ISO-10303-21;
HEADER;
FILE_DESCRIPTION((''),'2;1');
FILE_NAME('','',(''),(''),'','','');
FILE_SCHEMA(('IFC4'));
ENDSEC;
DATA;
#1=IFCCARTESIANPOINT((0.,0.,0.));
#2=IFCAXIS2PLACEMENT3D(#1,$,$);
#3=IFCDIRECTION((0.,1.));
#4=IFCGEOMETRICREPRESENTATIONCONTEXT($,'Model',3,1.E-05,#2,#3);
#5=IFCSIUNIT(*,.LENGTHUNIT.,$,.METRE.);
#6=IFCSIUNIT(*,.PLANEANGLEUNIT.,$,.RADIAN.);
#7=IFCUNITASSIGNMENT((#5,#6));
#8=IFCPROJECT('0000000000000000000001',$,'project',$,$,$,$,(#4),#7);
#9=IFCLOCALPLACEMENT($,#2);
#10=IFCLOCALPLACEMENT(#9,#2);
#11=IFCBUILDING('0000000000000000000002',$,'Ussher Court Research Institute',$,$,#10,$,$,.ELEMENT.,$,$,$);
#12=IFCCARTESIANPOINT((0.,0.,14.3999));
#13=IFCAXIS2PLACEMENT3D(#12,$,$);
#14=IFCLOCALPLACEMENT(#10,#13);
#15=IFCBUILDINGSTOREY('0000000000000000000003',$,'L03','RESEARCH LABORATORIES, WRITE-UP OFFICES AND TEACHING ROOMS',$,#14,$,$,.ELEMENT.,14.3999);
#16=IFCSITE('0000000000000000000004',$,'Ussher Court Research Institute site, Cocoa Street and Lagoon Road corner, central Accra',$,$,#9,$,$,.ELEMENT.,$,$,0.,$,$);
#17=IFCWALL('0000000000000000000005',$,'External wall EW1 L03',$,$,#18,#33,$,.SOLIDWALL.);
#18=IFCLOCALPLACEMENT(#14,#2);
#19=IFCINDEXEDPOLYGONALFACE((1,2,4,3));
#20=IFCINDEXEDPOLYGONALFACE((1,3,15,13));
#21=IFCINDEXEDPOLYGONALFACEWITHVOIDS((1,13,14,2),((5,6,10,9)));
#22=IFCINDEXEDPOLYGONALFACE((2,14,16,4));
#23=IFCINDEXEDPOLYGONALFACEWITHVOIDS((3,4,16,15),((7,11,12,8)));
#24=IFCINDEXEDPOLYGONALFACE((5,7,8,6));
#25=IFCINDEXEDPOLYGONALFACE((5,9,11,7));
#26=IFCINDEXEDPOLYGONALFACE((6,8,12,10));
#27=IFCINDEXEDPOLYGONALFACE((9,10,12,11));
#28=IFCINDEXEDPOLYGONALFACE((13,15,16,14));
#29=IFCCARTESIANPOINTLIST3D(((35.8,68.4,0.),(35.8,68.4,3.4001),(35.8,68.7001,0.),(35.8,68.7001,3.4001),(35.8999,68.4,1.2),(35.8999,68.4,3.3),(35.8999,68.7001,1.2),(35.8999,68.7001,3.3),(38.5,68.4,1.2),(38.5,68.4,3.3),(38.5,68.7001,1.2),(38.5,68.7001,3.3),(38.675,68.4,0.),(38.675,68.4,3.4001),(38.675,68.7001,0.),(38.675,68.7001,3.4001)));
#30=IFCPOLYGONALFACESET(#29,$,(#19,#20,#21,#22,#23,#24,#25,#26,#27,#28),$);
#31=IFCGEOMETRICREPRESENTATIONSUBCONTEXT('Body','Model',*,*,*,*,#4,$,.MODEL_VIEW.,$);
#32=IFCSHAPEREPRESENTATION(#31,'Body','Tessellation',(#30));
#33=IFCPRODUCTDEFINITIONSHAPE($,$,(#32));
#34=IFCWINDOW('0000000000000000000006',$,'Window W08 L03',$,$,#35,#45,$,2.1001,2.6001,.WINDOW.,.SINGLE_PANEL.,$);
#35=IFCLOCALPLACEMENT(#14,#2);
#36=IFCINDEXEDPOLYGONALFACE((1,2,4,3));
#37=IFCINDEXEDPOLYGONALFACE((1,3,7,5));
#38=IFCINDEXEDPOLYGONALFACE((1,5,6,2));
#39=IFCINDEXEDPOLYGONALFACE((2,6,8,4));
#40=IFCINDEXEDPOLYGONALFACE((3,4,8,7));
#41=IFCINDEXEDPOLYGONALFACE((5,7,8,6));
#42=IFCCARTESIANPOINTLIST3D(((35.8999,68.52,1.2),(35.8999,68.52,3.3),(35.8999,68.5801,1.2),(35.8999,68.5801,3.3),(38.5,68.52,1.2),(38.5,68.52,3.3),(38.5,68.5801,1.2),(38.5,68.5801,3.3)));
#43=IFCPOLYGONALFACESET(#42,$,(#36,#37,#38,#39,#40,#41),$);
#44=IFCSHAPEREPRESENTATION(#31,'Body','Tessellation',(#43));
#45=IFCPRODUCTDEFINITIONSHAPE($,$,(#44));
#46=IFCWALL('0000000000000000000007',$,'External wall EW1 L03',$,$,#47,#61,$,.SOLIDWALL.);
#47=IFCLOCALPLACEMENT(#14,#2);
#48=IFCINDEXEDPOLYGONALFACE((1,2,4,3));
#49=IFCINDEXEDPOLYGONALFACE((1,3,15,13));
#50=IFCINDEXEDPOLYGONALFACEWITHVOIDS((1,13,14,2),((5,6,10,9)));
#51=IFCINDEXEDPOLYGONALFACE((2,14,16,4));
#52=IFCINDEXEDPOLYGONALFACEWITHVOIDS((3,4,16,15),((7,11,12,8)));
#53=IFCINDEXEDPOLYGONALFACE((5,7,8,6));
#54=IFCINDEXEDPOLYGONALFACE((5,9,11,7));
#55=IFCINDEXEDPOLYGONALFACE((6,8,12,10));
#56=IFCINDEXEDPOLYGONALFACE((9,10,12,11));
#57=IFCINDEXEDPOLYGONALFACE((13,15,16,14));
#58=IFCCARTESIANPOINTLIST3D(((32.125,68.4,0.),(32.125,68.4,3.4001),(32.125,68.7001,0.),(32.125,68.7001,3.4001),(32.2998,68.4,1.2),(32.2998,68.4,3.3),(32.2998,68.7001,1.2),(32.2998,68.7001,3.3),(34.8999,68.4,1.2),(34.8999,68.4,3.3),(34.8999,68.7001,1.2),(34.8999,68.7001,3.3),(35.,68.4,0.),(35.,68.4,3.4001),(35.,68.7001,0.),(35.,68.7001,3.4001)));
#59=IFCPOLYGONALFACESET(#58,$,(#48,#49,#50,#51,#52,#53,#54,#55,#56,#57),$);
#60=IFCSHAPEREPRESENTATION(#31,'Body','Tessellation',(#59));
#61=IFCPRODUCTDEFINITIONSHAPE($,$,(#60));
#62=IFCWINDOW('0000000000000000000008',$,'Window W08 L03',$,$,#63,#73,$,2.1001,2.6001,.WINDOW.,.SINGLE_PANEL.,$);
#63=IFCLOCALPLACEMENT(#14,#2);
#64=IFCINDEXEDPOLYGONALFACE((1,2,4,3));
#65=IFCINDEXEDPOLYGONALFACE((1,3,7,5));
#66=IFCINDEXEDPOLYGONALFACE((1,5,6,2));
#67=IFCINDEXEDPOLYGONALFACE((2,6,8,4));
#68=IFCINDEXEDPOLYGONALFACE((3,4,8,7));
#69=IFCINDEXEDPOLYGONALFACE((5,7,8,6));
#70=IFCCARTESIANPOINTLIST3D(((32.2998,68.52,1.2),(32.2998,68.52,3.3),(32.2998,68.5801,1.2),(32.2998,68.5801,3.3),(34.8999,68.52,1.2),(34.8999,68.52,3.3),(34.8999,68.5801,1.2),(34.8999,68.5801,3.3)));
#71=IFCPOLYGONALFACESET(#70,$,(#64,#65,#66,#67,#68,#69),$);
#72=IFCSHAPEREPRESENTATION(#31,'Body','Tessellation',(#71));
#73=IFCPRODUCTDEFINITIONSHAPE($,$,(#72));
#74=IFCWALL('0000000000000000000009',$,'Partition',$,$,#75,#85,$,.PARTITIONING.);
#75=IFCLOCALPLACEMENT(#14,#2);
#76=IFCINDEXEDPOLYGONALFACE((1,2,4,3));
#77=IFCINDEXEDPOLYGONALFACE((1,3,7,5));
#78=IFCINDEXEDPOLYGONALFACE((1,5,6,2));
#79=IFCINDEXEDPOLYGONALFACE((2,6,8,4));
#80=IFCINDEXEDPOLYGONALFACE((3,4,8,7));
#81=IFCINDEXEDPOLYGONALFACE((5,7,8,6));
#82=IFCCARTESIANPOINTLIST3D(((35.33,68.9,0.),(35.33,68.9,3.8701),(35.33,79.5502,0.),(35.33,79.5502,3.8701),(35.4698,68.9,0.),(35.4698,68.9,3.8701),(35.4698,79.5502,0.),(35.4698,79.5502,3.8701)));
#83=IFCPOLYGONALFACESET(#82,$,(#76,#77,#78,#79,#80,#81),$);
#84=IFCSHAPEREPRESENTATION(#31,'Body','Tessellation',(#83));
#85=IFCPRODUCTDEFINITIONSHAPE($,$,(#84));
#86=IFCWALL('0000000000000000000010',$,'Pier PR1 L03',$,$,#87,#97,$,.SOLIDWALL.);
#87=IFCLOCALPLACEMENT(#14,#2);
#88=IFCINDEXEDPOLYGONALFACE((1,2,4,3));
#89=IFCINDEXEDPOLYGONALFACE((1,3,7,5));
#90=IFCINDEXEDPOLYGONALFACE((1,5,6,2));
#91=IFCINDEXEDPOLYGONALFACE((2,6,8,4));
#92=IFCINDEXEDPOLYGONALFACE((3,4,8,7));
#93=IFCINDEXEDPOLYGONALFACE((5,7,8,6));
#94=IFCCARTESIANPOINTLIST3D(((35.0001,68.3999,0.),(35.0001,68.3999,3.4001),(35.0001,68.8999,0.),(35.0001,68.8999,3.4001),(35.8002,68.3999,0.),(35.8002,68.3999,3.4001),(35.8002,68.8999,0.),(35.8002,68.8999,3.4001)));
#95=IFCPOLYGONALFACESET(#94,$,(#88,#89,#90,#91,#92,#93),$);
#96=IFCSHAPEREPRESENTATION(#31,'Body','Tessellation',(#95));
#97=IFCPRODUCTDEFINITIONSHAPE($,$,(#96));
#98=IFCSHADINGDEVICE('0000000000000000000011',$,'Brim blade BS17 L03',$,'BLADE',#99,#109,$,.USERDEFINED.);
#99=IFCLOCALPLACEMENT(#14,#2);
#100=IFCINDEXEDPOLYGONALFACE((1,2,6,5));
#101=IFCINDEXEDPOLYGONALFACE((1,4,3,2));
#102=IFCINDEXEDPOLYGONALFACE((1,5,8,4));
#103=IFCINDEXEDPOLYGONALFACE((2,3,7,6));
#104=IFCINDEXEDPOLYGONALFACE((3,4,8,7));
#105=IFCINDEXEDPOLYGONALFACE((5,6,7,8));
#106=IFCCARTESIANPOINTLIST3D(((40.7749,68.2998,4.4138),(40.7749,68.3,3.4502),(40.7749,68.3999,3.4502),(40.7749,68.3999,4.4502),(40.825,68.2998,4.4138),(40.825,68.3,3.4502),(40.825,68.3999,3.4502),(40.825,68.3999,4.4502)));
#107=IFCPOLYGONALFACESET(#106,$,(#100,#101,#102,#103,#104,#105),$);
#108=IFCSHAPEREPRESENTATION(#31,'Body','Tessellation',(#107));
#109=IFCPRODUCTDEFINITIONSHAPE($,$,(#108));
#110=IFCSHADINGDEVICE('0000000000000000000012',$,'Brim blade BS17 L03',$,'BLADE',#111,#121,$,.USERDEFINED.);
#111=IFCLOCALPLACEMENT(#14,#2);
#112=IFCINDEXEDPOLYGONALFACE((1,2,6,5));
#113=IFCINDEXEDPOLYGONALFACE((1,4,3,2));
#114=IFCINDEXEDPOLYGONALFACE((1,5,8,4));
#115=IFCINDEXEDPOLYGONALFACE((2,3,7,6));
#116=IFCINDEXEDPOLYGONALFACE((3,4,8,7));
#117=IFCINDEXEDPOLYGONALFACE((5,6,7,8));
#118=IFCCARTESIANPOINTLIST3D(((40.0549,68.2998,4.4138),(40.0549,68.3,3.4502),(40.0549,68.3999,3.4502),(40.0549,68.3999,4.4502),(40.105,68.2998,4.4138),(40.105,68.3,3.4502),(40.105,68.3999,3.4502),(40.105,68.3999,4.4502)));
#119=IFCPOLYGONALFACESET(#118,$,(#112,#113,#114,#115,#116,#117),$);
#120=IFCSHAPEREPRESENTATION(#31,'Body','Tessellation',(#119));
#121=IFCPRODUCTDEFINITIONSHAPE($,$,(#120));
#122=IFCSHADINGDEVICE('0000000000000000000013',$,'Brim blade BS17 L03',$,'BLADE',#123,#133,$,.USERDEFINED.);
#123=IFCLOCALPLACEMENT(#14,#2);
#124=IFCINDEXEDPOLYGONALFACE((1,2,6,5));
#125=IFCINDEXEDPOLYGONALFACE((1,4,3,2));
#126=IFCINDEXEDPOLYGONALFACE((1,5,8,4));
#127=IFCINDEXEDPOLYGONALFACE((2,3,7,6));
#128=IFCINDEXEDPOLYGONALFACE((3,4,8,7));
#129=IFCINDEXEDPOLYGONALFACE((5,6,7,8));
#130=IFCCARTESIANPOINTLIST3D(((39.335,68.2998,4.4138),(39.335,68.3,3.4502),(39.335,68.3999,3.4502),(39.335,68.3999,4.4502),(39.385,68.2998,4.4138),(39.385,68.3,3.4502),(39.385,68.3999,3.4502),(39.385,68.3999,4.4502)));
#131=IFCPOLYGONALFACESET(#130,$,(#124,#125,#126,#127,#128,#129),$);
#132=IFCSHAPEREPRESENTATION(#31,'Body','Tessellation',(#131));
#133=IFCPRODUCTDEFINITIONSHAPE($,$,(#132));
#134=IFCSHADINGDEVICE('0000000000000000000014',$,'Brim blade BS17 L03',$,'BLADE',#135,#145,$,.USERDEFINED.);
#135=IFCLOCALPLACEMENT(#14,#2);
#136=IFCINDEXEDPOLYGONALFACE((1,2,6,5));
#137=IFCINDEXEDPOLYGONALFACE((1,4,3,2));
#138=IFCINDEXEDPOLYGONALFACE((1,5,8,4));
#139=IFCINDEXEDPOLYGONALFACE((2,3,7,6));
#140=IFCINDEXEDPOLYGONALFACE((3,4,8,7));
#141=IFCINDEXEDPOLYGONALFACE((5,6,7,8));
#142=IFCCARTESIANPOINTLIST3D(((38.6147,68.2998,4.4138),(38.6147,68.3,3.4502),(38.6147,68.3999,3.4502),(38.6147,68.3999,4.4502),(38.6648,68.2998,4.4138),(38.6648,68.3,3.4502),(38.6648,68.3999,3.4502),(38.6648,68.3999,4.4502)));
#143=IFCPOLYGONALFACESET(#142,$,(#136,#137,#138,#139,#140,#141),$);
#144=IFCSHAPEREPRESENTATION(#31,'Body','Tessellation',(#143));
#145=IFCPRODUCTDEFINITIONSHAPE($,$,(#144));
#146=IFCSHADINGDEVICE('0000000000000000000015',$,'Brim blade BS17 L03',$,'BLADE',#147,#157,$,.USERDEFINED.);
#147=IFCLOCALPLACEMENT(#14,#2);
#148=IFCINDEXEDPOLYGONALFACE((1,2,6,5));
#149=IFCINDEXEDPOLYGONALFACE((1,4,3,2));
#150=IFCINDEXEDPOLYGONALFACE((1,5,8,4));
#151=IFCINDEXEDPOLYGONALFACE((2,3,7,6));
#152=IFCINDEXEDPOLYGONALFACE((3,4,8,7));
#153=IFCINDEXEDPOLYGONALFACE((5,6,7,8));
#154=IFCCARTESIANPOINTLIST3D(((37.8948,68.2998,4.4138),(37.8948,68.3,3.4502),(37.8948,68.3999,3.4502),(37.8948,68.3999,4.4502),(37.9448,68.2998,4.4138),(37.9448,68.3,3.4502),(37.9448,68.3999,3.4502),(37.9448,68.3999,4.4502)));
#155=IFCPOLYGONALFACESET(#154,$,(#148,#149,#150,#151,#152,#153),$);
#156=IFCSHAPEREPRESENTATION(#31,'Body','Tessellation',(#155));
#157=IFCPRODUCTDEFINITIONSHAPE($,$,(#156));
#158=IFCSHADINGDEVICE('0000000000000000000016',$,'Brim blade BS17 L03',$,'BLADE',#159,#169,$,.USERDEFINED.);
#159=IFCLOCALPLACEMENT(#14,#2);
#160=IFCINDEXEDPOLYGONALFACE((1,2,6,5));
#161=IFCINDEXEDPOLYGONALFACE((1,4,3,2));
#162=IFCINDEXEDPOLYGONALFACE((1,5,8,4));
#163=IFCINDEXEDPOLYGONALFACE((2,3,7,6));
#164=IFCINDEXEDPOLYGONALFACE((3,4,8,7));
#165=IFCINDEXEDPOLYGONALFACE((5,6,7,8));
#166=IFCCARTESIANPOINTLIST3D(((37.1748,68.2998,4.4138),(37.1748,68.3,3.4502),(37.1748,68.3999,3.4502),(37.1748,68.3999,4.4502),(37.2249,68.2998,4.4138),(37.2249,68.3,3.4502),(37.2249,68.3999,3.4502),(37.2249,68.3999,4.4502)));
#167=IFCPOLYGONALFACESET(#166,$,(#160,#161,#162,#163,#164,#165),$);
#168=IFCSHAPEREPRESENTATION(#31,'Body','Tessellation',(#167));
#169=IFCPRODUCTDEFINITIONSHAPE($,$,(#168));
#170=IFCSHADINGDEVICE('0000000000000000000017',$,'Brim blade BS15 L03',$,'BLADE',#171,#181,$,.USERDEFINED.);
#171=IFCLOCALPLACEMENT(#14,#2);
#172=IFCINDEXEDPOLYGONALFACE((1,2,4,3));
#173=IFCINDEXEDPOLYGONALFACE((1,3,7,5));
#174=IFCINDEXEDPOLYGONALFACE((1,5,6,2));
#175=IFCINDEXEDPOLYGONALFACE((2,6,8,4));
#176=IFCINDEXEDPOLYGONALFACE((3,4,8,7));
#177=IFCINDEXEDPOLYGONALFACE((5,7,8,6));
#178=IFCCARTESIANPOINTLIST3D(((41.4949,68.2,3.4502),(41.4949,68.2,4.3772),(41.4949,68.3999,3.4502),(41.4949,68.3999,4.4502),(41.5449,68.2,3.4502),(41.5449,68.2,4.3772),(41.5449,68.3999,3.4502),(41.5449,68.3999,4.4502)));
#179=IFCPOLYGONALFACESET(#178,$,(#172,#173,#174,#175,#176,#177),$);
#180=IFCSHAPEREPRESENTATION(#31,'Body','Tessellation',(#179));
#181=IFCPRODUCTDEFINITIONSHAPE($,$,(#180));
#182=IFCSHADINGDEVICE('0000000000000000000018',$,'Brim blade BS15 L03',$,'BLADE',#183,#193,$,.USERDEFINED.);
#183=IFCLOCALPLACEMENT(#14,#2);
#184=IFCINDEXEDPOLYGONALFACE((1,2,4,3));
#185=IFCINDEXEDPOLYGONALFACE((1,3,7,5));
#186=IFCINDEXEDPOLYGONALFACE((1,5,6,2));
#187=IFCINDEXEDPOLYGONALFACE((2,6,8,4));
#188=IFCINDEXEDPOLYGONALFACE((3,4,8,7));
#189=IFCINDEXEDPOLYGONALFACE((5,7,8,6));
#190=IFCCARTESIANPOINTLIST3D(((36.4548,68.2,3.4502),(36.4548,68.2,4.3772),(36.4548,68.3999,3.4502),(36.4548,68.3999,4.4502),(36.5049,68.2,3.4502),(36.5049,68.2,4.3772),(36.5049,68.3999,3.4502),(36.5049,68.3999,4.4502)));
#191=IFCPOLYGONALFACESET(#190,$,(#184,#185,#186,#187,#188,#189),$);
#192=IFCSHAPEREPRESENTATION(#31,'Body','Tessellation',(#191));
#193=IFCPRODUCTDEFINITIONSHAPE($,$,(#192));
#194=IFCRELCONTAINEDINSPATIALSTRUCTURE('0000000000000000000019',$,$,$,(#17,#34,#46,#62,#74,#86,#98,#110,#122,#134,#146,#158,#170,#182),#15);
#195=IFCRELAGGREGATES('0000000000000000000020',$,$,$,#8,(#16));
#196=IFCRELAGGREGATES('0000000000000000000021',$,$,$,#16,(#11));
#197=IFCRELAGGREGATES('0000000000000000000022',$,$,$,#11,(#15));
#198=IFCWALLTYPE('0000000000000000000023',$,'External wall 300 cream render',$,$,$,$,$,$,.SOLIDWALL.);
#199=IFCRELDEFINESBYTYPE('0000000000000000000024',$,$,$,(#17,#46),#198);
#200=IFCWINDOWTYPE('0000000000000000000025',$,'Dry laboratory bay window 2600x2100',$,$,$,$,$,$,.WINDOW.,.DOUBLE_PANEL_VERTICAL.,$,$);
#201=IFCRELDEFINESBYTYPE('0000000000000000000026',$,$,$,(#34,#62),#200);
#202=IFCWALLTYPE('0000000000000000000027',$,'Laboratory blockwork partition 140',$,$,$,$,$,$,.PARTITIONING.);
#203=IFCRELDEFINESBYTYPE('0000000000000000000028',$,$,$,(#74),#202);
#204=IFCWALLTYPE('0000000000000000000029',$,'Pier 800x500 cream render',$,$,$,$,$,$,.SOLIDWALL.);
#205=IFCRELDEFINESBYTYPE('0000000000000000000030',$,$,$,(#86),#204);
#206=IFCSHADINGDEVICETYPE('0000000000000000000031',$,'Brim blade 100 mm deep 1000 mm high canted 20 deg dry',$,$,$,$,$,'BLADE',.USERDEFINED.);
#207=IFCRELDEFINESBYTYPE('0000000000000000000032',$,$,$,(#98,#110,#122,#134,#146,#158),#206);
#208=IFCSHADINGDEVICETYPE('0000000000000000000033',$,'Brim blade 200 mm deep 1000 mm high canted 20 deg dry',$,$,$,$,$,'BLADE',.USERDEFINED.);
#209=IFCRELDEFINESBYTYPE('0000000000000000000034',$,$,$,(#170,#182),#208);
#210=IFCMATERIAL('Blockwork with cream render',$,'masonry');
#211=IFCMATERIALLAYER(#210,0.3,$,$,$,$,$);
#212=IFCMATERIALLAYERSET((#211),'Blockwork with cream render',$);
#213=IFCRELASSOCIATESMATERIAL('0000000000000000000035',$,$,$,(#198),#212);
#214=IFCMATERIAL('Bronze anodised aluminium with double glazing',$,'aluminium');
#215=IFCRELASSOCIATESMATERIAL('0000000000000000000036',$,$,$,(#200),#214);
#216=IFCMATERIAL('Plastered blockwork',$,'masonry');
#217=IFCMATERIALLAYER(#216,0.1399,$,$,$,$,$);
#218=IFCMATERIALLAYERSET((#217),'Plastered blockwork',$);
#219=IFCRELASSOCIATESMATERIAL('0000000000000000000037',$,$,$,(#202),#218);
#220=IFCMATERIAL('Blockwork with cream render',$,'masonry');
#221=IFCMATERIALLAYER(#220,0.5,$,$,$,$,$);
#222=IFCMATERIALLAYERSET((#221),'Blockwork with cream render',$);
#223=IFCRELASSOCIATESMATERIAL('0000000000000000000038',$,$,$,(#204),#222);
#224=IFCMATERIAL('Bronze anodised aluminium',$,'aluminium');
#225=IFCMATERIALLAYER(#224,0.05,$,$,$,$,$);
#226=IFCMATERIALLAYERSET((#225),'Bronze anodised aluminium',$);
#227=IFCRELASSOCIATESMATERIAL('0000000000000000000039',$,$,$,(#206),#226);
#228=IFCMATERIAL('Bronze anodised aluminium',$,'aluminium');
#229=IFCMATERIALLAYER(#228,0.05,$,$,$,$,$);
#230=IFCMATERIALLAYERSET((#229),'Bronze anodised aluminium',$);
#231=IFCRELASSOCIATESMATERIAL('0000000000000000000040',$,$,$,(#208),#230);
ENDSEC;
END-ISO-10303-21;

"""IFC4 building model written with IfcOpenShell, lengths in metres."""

from ifc_helpers import new_model, si_unit, direction, frame, frame_2d, origin, place, context, subcontext, project, spatial, polyline, rectangle, outline, extrude, material, layer, layer_set, type_object, element, fill, save


model = new_model("IFC4")

# Units and contexts
model_context = context("Model", 3, precision=1e-05, world=origin(), true_north=direction((0.0, 1.0)))
body_context = subcontext(model_context, "Body", "Model", "MODEL_VIEW")
ifc_project = project(units=[si_unit("LENGTHUNIT", "METRE"), si_unit("PLANEANGLEUNIT", "RADIAN")], contexts=[model_context])

# Site, building, storey
site_placement = place(None, origin())
site = spatial("IfcSite", under=ifc_project, at=site_placement, Name="Ussher Court Research Institute site, Cocoa Street and Lagoon Road corner, central Accra", CompositionType="ELEMENT", RefElevation=0.0)
building_placement = place(site_placement, origin())
building = spatial("IfcBuilding", under=site, at=building_placement, Name="Ussher Court Research Institute", CompositionType="ELEMENT")
storey_placement = place(building_placement, frame((0.0, 0.0, 14.3999)))
storey = spatial("IfcBuildingStorey", under=building, at=storey_placement, Name="L03", Description="RESEARCH LABORATORIES, WRITE-UP OFFICES AND TEACHING ROOMS", CompositionType="ELEMENT", Elevation=14.3999)

# Walls, openings, windows
ifc_material_1 = material(Name="Blockwork with cream render", Category="masonry")
ifc_layer_1 = layer(ifc_material_1, 0.3)
ifc_layer_set_1 = layer_set([ifc_layer_1], Name="Blockwork with cream render")
wall_type_1 = type_object("IfcWallType", Name="External wall 300 cream render", PredefinedType="SOLIDWALL", material=ifc_layer_set_1)
ifc_material_2 = material(Name="Bronze anodised aluminium with double glazing", Category="aluminium")
window_type = type_object("IfcWindowType", Name="Dry laboratory bay window 2600x2100", PartitioningType="DOUBLE_PANEL_VERTICAL", PredefinedType="WINDOW", material=ifc_material_2)
wall_1_placement = place(storey_placement, frame((38.675, 68.55, 0.0), z_axis=(0.0, 0.0, 1.0), x_axis=(-1.0, 0.0, 0.0)))
wall_1 = element("IfcWall", 1, at=wall_1_placement, inside=storey, type_object=wall_type_1, Name="External wall EW1 L03", PredefinedType="SOLIDWALL", context=body_context, shape_type="SweptSolid", body=[
    extrude(rectangle(XDim=2.875, YDim=0.3, at=frame_2d((1.4375, 0.0))), origin(), (0.0, 0.0, 1.0), 3.4001),
])
opening_1_placement = place(wall_1_placement, frame((0.175, 0.0, 1.2)))
opening_1 = element("IfcOpeningElement", 2, at=opening_1_placement, cuts=wall_1, PredefinedType="OPENING", context=body_context, shape_type="SweptSolid", body=[
    extrude(rectangle(XDim=2.6001, YDim=2.1001, at=frame_2d((1.3, 1.05))), frame((0.0, 0.1602, 0.0), z_axis=(0.0, -1.0, 0.0), x_axis=(1.0, 0.0, 0.0)), (0.0, 0.0, 1.0), 0.3201),
])
window_1_placement = place(opening_1_placement, origin())
window_1 = element("IfcWindow", 3, at=window_1_placement, inside=storey, type_object=window_type, Name="Window W08 L03", OverallHeight=2.1001, OverallWidth=2.6001, PartitioningType="SINGLE_PANEL", PredefinedType="WINDOW", context=body_context, shape_type="SweptSolid", body=[
    extrude(rectangle(XDim=2.6001, YDim=2.1001, at=frame_2d((1.3, 1.05))), frame((0.0, 0.03, 0.0), z_axis=(0.0, -1.0, 0.0), x_axis=(1.0, 0.0, 0.0)), (0.0, 0.0, 1.0), 0.0601),
])
fill(opening_1, window_1)
wall_2_placement = place(storey_placement, frame((35.0, 68.55, 0.0), z_axis=(0.0, 0.0, 1.0), x_axis=(-1.0, 0.0, 0.0)))
wall_2 = element("IfcWall", 4, at=wall_2_placement, inside=storey, type_object=wall_type_1, Name="External wall EW1 L03", PredefinedType="SOLIDWALL", context=body_context, shape_type="SweptSolid", body=[
    extrude(rectangle(XDim=2.875, YDim=0.3, at=frame_2d((1.4375, 0.0))), origin(), (0.0, 0.0, 1.0), 3.4001),
])
opening_2_placement = place(wall_2_placement, frame((0.1001, 0.0, 1.2)))
opening_2 = element("IfcOpeningElement", 5, at=opening_2_placement, cuts=wall_2, PredefinedType="OPENING", context=body_context, shape_type="SweptSolid", body=[
    extrude(rectangle(XDim=2.6001, YDim=2.1001, at=frame_2d((1.3, 1.05))), frame((0.0, 0.1602, 0.0), z_axis=(0.0, -1.0, 0.0), x_axis=(1.0, 0.0, 0.0)), (0.0, 0.0, 1.0), 0.3201),
])
window_2_placement = place(opening_2_placement, origin())
window_2 = element("IfcWindow", 6, at=window_2_placement, inside=storey, type_object=window_type, Name="Window W08 L03", OverallHeight=2.1001, OverallWidth=2.6001, PartitioningType="SINGLE_PANEL", PredefinedType="WINDOW", context=body_context, shape_type="SweptSolid", body=[
    extrude(rectangle(XDim=2.6001, YDim=2.1001, at=frame_2d((1.3, 1.05))), frame((0.0, 0.03, 0.0), z_axis=(0.0, -1.0, 0.0), x_axis=(1.0, 0.0, 0.0)), (0.0, 0.0, 1.0), 0.0601),
])
fill(opening_2, window_2)

# Walls
ifc_material_3 = material(Name="Plastered blockwork", Category="masonry")
ifc_layer_2 = layer(ifc_material_3, 0.1399)
ifc_layer_set_2 = layer_set([ifc_layer_2], Name="Plastered blockwork")
wall_type_2 = type_object("IfcWallType", Name="Laboratory blockwork partition 140", PredefinedType="PARTITIONING", material=ifc_layer_set_2)
wall_3_placement = place(storey_placement, frame((35.3999, 68.8999, 0.0), z_axis=(0.0, 0.0, 1.0), x_axis=(0.0, 1.0, 0.0)))
element("IfcWall", 7, at=wall_3_placement, inside=storey, type_object=wall_type_2, Name="Partition", PredefinedType="PARTITIONING", context=body_context, shape_type="SweptSolid", body=[
    extrude(rectangle(XDim=10.6501, YDim=0.1399, at=frame_2d((5.3252, 0.0))), origin(), (0.0, 0.0, 1.0), 3.8701),
])
ifc_material_4 = material(Name="Blockwork with cream render", Category="masonry")
ifc_layer_3 = layer(ifc_material_4, 0.5)
ifc_layer_set_3 = layer_set([ifc_layer_3], Name="Blockwork with cream render")
wall_type_3 = type_object("IfcWallType", Name="Pier 800x500 cream render", PredefinedType="SOLIDWALL", material=ifc_layer_set_3)
wall_4_placement = place(storey_placement, frame((35.8, 68.6499, 0.0), z_axis=(0.0, 0.0, 1.0), x_axis=(-1.0, 0.0, 0.0)))
element("IfcWall", 8, at=wall_4_placement, inside=storey, type_object=wall_type_3, Name="Pier PR1 L03", PredefinedType="SOLIDWALL", context=body_context, shape_type="SweptSolid", body=[
    extrude(rectangle(XDim=0.8, YDim=0.5, at=frame_2d((0.3999, 0.0))), origin(), (0.0, 0.0, 1.0), 3.4001),
])

# Shading devices
ifc_material_5 = material(Name="Bronze anodised aluminium", Category="aluminium")
ifc_layer_4 = layer(ifc_material_5, 0.05)
ifc_layer_set_4 = layer_set([ifc_layer_4], Name="Bronze anodised aluminium")
shading_device_type_1 = type_object("IfcShadingDeviceType", Name="Brim blade 100 mm deep 1000 mm high canted 20 deg dry", ElementType="BLADE", PredefinedType="USERDEFINED", material=ifc_layer_set_4)
for number, where, z_axis, x_axis, name in (
    (9, (40.8, 68.3999, 3.4502), (0.0, 0.0, 1.0), (0.0, -1.0, 0.0), "Brim blade BS17 L03"),
    (10, (40.0801, 68.3999, 3.4502), (0.0, 0.0, 1.0), (0.0, -1.0, 0.0), "Brim blade BS17 L03"),
    (11, (39.3601, 68.3999, 3.4502), (0.0, 0.0, 1.0), (0.0, -1.0, 0.0), "Brim blade BS17 L03"),
    (12, (38.6399, 68.3999, 3.4502), (0.0, 0.0, 1.0), (0.0, -1.0, 0.0), "Brim blade BS17 L03"),
    (13, (37.9199, 68.3999, 3.4502), (0.0, 0.0, 1.0), (0.0, -1.0, 0.0), "Brim blade BS17 L03"),
    (14, (37.2, 68.3999, 3.4502), (0.0, 0.0, 1.0), (0.0, -1.0, 0.0), "Brim blade BS17 L03"),
):
    element("IfcShadingDevice", number, at=place(storey_placement, frame(where, z_axis=z_axis, x_axis=x_axis)), inside=storey, type_object=shading_device_type_1, Name=name, ObjectType="BLADE", PredefinedType="USERDEFINED", context=body_context, shape_type="SweptSolid", body=[
        extrude(outline(polyline([(0.0, 0.0), (0.0999, 0.0), (0.1001, 0.9636), (0.0, 1.0), (0.0, 0.0)])), frame((0.0, 0.0249, 0.0), z_axis=(0.0, -1.0, 0.0), x_axis=(1.0, 0.0, 0.0)), (0.0, 0.0, 1.0), 0.05),
    ])
ifc_material_6 = material(Name="Bronze anodised aluminium", Category="aluminium")
ifc_layer_5 = layer(ifc_material_6, 0.05)
ifc_layer_set_5 = layer_set([ifc_layer_5], Name="Bronze anodised aluminium")
shading_device_type_2 = type_object("IfcShadingDeviceType", Name="Brim blade 200 mm deep 1000 mm high canted 20 deg dry", ElementType="BLADE", PredefinedType="USERDEFINED", material=ifc_layer_set_5)
for number, where, z_axis, x_axis, name in (
    (15, (41.52, 68.3999, 3.4502), (0.0, 0.0, 1.0), (0.0, -1.0, 0.0), "Brim blade BS15 L03"),
    (16, (36.48, 68.3999, 3.4502), (0.0, 0.0, 1.0), (0.0, -1.0, 0.0), "Brim blade BS15 L03"),
):
    element("IfcShadingDevice", number, at=place(storey_placement, frame(where, z_axis=z_axis, x_axis=x_axis)), inside=storey, type_object=shading_device_type_2, Name=name, ObjectType="BLADE", PredefinedType="USERDEFINED", context=body_context, shape_type="SweptSolid", body=[
        extrude(outline(polyline([(0.0, 0.0), (0.2, 0.0), (0.2, 0.927), (0.0, 1.0), (0.0, 0.0)])), frame((0.0, 0.0249, 0.0), z_axis=(0.0, -1.0, 0.0), x_axis=(1.0, 0.0, 0.0)), (0.0, 0.0, 1.0), 0.05),
    ])

save(model, "model.ifc")
